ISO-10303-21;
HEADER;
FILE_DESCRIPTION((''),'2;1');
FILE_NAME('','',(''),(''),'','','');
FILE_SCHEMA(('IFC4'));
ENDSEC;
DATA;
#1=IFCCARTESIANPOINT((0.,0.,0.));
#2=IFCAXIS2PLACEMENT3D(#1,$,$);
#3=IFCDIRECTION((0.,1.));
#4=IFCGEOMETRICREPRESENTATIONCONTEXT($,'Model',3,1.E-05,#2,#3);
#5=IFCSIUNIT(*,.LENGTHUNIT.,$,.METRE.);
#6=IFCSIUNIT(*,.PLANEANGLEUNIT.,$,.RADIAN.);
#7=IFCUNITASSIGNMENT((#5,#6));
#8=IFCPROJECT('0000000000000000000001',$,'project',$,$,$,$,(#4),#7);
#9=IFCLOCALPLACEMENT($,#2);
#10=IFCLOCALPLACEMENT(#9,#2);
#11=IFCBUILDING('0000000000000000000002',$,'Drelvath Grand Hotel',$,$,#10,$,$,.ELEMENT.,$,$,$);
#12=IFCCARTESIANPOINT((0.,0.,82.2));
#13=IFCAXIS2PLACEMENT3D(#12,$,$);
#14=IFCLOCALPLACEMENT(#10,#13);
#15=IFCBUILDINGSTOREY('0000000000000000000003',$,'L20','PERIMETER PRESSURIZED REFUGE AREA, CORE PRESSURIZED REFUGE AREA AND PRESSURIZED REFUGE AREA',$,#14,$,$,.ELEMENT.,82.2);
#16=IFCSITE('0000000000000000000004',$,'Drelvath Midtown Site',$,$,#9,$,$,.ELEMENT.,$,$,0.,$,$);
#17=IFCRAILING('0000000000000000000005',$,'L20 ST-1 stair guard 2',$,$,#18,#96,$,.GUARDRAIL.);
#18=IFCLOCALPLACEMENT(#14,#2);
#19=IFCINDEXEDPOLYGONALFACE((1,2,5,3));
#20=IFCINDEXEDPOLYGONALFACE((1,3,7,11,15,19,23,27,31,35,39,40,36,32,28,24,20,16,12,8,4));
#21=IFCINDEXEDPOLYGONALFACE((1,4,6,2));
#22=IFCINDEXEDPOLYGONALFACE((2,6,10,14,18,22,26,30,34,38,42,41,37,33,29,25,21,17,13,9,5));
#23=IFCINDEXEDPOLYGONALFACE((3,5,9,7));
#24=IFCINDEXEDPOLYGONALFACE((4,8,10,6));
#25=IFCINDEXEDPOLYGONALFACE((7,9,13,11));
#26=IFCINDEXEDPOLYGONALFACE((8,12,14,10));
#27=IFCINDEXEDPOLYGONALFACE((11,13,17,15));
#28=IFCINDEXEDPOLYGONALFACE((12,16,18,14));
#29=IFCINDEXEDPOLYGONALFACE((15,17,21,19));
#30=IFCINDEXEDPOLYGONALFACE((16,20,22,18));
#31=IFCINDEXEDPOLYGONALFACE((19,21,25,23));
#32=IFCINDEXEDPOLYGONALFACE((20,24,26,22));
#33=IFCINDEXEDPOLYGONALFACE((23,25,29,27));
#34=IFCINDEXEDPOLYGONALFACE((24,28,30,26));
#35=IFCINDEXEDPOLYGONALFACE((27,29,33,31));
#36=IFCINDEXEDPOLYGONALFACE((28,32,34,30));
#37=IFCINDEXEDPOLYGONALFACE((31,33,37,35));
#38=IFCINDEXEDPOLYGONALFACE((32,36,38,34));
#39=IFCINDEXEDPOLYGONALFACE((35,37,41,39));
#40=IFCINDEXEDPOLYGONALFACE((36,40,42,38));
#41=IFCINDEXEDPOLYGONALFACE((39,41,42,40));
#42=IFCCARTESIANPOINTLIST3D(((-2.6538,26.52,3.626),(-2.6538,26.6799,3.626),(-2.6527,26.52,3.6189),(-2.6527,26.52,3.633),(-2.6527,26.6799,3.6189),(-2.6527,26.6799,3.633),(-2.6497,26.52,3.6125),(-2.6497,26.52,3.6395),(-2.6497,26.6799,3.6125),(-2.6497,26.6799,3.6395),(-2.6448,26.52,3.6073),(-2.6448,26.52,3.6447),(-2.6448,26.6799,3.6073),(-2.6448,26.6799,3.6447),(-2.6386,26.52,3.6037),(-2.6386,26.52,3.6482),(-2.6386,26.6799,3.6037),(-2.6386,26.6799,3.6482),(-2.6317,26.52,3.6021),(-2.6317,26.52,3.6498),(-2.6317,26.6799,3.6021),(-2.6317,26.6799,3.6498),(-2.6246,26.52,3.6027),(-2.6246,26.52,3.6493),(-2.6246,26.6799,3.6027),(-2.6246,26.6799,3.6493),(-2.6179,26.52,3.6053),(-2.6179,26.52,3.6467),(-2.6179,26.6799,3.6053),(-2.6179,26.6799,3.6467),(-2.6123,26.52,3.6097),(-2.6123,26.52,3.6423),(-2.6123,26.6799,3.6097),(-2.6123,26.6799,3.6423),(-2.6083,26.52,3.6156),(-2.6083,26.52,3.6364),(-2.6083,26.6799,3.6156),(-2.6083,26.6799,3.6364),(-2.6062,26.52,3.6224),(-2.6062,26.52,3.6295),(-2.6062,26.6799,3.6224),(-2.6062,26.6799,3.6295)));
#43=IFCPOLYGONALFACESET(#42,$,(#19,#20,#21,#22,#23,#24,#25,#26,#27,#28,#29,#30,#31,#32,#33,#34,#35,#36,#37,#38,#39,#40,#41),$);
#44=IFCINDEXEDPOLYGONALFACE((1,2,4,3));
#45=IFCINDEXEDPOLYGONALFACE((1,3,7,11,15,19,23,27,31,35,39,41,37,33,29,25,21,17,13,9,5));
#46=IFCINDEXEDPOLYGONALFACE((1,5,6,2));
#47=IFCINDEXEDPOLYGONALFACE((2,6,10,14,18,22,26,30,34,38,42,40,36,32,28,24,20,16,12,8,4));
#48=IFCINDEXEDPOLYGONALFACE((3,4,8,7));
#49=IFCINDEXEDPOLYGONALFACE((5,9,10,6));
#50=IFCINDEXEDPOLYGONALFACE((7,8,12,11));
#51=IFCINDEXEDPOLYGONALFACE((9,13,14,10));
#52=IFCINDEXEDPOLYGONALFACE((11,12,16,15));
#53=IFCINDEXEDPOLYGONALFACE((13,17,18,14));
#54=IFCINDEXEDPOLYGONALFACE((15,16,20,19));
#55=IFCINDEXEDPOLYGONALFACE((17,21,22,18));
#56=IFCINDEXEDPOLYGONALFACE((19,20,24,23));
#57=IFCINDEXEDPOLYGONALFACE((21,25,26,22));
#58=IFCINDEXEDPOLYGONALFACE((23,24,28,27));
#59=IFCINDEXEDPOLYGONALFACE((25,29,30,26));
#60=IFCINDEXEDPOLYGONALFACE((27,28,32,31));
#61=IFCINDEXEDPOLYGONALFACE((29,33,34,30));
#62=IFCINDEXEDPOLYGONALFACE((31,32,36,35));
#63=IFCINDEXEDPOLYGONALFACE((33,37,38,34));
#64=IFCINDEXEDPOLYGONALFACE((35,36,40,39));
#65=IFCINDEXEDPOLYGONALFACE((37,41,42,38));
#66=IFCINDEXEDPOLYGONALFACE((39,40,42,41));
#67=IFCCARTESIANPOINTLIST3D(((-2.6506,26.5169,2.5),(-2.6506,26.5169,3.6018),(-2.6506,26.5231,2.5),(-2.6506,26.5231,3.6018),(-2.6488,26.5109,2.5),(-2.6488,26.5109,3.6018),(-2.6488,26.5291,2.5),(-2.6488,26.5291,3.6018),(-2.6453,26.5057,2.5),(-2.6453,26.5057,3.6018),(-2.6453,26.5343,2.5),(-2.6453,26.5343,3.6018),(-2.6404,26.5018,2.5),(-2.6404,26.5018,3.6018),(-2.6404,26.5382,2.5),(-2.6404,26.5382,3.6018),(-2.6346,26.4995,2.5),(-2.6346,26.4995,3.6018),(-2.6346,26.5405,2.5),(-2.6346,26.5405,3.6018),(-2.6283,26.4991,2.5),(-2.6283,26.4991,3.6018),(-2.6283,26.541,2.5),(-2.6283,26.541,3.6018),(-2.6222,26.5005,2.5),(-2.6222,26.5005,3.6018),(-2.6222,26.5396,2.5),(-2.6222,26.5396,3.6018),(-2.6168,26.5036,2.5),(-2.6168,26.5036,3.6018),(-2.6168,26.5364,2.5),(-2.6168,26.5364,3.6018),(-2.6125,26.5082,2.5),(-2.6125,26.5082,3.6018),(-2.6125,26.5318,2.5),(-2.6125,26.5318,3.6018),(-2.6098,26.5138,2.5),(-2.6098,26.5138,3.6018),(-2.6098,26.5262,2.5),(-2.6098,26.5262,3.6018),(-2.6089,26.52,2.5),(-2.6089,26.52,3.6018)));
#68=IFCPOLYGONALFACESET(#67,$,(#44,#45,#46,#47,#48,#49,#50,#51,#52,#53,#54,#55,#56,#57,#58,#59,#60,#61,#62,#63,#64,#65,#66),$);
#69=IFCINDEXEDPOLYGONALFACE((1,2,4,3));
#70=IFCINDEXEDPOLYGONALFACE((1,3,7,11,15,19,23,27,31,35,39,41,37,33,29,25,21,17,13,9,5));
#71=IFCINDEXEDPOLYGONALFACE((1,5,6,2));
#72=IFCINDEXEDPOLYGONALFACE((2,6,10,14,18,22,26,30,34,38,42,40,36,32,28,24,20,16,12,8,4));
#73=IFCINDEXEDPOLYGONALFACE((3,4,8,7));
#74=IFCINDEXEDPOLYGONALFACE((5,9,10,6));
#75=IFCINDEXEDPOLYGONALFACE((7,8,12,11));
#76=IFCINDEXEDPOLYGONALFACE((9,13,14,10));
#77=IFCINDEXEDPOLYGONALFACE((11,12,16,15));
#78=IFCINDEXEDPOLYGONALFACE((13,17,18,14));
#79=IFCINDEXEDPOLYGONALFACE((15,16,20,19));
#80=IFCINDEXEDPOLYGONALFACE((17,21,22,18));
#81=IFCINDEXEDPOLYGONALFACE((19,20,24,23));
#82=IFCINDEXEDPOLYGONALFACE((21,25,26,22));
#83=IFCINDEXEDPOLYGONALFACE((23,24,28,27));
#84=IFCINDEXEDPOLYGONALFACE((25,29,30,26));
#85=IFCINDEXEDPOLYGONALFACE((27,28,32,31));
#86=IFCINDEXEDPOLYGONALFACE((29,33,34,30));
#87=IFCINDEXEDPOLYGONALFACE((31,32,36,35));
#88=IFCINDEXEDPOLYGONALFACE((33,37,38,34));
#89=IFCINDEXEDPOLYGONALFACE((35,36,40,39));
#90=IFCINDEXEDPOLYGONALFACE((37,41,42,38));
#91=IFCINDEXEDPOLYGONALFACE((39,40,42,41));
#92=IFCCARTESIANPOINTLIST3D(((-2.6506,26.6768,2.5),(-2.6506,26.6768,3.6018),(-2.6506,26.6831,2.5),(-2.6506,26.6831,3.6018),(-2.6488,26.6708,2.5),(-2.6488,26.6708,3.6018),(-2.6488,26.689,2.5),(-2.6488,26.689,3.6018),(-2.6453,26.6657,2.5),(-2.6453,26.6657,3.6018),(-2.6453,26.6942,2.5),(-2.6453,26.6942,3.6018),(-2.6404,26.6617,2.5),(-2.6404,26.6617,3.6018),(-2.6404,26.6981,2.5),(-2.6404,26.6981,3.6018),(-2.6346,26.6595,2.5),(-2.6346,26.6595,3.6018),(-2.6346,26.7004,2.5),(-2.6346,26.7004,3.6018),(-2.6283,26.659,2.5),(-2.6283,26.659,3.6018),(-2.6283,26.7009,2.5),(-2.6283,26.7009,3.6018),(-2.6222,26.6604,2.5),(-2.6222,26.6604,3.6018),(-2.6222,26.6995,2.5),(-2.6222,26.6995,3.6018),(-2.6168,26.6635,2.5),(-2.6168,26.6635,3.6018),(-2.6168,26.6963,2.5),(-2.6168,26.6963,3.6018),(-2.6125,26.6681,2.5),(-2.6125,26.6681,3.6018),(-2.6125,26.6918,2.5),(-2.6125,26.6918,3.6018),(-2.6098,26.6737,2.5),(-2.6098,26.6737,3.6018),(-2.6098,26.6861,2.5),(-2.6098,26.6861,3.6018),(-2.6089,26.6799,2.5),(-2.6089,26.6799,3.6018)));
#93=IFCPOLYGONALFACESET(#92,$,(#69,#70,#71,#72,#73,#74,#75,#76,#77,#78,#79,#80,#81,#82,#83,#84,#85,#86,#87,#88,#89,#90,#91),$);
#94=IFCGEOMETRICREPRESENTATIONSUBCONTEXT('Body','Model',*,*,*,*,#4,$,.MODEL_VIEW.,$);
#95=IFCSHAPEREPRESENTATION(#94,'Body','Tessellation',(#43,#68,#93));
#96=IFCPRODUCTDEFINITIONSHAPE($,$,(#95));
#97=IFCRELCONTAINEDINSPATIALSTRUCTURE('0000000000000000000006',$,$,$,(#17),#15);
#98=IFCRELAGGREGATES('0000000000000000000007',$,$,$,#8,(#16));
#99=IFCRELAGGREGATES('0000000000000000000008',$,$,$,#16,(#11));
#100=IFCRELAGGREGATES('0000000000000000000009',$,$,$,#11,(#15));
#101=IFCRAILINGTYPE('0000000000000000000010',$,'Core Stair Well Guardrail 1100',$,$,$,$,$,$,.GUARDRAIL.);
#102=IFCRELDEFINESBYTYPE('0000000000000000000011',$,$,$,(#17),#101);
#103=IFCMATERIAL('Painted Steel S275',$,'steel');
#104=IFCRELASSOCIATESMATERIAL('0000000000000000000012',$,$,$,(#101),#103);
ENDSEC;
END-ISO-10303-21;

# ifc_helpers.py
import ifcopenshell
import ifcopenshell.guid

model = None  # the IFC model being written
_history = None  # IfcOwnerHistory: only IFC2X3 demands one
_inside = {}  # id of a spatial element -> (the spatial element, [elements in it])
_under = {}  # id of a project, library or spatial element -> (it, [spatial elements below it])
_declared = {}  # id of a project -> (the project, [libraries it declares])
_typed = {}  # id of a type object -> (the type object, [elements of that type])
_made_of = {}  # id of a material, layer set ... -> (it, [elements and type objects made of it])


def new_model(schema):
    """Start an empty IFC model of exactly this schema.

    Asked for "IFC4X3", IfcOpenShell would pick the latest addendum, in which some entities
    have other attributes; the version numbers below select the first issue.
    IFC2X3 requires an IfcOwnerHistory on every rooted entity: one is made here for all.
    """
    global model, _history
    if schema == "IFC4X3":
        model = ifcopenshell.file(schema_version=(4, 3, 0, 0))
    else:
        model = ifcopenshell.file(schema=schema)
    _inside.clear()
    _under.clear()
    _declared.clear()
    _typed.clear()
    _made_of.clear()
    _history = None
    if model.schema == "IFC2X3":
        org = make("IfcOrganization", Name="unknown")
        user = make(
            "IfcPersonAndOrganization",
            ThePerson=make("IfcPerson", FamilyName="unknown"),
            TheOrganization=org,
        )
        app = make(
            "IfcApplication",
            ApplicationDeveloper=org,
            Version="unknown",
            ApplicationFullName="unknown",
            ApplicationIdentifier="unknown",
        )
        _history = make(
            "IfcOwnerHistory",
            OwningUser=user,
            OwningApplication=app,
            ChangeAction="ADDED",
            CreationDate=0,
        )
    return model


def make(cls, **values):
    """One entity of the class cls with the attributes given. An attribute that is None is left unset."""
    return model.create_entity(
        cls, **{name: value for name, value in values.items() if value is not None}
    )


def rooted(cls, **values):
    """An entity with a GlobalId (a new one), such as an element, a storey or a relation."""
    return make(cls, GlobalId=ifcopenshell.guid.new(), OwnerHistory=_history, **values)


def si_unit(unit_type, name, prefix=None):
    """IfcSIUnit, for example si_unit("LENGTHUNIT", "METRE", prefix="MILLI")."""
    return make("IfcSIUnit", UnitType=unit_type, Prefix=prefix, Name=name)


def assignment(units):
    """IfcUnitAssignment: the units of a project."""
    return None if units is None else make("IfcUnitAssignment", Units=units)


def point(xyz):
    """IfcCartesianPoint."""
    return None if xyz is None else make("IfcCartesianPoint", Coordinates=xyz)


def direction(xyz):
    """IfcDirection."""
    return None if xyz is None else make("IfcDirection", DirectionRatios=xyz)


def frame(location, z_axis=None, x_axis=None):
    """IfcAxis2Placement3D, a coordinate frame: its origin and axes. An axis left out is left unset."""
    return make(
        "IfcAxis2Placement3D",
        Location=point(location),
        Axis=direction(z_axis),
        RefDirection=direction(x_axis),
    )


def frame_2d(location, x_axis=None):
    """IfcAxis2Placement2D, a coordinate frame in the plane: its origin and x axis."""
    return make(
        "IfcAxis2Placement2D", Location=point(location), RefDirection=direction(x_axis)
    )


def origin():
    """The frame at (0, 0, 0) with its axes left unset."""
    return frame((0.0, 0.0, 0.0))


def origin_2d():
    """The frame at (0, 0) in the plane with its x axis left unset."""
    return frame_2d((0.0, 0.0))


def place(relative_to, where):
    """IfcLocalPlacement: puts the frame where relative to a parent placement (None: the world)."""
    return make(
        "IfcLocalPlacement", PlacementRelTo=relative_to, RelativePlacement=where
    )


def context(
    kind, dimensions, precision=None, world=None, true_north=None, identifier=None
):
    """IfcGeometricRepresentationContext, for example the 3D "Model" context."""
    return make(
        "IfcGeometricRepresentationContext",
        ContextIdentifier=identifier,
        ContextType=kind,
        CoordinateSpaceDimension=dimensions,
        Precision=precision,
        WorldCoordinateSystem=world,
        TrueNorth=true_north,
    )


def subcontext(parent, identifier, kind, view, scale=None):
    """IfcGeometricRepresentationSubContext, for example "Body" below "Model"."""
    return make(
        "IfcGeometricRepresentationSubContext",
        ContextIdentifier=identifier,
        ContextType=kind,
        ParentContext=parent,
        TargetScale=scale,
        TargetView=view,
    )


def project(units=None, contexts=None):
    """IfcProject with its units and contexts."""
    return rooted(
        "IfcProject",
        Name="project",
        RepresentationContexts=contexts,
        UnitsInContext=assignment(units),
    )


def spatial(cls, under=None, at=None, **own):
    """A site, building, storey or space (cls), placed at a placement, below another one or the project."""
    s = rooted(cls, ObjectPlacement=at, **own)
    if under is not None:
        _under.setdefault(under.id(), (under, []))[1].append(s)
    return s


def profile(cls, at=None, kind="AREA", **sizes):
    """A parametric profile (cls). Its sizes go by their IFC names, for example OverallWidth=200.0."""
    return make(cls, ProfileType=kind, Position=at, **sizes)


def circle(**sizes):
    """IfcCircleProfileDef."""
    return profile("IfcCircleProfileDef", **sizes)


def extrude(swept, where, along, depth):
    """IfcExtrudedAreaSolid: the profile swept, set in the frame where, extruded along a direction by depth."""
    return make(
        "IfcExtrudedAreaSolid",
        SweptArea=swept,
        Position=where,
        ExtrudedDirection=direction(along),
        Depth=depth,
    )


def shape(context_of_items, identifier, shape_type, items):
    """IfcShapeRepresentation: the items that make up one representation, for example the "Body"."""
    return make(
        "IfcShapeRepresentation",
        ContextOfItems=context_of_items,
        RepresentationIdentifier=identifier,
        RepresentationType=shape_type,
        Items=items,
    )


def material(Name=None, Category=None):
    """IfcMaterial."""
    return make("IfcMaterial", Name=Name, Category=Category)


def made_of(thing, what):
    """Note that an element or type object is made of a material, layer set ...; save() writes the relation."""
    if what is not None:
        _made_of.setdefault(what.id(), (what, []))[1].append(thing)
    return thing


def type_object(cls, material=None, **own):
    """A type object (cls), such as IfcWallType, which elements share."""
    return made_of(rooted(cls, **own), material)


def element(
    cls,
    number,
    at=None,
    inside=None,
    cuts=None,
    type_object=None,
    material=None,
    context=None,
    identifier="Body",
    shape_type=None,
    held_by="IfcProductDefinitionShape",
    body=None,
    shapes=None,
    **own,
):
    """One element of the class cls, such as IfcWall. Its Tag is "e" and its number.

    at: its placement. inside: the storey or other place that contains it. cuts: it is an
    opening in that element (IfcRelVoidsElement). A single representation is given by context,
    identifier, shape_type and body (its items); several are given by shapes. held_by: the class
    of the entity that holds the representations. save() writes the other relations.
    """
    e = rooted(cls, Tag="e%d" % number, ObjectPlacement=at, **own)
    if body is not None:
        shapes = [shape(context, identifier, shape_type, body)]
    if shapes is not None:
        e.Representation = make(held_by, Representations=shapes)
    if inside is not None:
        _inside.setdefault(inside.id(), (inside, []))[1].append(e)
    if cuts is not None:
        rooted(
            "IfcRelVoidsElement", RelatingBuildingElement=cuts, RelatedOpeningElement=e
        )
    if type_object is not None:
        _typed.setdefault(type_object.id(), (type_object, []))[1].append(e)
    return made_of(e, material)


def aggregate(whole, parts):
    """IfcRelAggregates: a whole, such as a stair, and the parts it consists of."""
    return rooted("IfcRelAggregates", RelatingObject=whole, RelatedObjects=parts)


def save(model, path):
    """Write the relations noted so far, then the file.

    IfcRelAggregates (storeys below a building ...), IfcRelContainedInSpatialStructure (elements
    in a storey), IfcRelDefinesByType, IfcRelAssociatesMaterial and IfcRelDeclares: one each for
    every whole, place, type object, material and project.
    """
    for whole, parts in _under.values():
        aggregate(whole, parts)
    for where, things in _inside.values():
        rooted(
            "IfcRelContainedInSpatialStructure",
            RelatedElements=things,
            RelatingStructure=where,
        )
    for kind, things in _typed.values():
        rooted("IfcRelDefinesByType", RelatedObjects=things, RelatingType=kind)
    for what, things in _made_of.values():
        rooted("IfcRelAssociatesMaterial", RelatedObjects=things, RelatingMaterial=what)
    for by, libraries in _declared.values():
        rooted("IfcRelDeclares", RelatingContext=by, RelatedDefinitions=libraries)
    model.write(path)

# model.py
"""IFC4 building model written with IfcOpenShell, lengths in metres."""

from ifc_helpers import new_model, si_unit, direction, frame, origin, origin_2d, place, context, subcontext, project, spatial, circle, extrude, material, type_object, element, save


model = new_model("IFC4")

# Units and contexts
model_context = context("Model", 3, precision=1e-05, world=origin(), true_north=direction((0.0, 1.0)))
body_context = subcontext(model_context, "Body", "Model", "MODEL_VIEW")
ifc_project = project(units=[si_unit("LENGTHUNIT", "METRE"), si_unit("PLANEANGLEUNIT", "RADIAN")], contexts=[model_context])

# Site, building, storey
site_placement = place(None, origin())
site = spatial("IfcSite", under=ifc_project, at=site_placement, Name="Drelvath Midtown Site", CompositionType="ELEMENT", RefElevation=0.0)
building_placement = place(site_placement, origin())
building = spatial("IfcBuilding", under=site, at=building_placement, Name="Drelvath Grand Hotel", CompositionType="ELEMENT")
storey_placement = place(building_placement, frame((0.0, 0.0, 82.2)))
storey = spatial("IfcBuildingStorey", under=building, at=storey_placement, Name="L20", Description="PERIMETER PRESSURIZED REFUGE AREA, CORE PRESSURIZED REFUGE AREA AND PRESSURIZED REFUGE AREA", CompositionType="ELEMENT", Elevation=82.2)

# Shared definitions
ifc_material_1 = material(Name="Painted Steel S275", Category="steel")

# Railing
railing_type_1 = type_object("IfcRailingType", Name="Core Stair Well Guardrail 1100", PredefinedType="GUARDRAIL", material=ifc_material_1)
railing_1_placement = place(storey_placement, frame((-2.6299, 26.52, 2.5)))
element("IfcRailing", 1, at=railing_1_placement, inside=storey, type_object=railing_type_1, Name="L20 ST-1 stair guard 2", PredefinedType="GUARDRAIL", context=body_context, shape_type="SweptSolid", body=[
    extrude(circle(Radius=0.0239, at=origin_2d()), frame((0.0, 0.0, 1.126), z_axis=(0.0, 1.0, 0.0), x_axis=(-1.0, 0.0, 0.0)), (0.0, 0.0, 1.0), 0.1599),
    extrude(circle(Radius=0.021, at=origin_2d()), origin(), (0.0, 0.0, 1.0), 1.1018),
    extrude(circle(Radius=0.021, at=origin_2d()), frame((0.0, 0.1599, 0.0)), (0.0, 0.0, 1.0), 1.1018),
])

save(model, "model.ifc")
